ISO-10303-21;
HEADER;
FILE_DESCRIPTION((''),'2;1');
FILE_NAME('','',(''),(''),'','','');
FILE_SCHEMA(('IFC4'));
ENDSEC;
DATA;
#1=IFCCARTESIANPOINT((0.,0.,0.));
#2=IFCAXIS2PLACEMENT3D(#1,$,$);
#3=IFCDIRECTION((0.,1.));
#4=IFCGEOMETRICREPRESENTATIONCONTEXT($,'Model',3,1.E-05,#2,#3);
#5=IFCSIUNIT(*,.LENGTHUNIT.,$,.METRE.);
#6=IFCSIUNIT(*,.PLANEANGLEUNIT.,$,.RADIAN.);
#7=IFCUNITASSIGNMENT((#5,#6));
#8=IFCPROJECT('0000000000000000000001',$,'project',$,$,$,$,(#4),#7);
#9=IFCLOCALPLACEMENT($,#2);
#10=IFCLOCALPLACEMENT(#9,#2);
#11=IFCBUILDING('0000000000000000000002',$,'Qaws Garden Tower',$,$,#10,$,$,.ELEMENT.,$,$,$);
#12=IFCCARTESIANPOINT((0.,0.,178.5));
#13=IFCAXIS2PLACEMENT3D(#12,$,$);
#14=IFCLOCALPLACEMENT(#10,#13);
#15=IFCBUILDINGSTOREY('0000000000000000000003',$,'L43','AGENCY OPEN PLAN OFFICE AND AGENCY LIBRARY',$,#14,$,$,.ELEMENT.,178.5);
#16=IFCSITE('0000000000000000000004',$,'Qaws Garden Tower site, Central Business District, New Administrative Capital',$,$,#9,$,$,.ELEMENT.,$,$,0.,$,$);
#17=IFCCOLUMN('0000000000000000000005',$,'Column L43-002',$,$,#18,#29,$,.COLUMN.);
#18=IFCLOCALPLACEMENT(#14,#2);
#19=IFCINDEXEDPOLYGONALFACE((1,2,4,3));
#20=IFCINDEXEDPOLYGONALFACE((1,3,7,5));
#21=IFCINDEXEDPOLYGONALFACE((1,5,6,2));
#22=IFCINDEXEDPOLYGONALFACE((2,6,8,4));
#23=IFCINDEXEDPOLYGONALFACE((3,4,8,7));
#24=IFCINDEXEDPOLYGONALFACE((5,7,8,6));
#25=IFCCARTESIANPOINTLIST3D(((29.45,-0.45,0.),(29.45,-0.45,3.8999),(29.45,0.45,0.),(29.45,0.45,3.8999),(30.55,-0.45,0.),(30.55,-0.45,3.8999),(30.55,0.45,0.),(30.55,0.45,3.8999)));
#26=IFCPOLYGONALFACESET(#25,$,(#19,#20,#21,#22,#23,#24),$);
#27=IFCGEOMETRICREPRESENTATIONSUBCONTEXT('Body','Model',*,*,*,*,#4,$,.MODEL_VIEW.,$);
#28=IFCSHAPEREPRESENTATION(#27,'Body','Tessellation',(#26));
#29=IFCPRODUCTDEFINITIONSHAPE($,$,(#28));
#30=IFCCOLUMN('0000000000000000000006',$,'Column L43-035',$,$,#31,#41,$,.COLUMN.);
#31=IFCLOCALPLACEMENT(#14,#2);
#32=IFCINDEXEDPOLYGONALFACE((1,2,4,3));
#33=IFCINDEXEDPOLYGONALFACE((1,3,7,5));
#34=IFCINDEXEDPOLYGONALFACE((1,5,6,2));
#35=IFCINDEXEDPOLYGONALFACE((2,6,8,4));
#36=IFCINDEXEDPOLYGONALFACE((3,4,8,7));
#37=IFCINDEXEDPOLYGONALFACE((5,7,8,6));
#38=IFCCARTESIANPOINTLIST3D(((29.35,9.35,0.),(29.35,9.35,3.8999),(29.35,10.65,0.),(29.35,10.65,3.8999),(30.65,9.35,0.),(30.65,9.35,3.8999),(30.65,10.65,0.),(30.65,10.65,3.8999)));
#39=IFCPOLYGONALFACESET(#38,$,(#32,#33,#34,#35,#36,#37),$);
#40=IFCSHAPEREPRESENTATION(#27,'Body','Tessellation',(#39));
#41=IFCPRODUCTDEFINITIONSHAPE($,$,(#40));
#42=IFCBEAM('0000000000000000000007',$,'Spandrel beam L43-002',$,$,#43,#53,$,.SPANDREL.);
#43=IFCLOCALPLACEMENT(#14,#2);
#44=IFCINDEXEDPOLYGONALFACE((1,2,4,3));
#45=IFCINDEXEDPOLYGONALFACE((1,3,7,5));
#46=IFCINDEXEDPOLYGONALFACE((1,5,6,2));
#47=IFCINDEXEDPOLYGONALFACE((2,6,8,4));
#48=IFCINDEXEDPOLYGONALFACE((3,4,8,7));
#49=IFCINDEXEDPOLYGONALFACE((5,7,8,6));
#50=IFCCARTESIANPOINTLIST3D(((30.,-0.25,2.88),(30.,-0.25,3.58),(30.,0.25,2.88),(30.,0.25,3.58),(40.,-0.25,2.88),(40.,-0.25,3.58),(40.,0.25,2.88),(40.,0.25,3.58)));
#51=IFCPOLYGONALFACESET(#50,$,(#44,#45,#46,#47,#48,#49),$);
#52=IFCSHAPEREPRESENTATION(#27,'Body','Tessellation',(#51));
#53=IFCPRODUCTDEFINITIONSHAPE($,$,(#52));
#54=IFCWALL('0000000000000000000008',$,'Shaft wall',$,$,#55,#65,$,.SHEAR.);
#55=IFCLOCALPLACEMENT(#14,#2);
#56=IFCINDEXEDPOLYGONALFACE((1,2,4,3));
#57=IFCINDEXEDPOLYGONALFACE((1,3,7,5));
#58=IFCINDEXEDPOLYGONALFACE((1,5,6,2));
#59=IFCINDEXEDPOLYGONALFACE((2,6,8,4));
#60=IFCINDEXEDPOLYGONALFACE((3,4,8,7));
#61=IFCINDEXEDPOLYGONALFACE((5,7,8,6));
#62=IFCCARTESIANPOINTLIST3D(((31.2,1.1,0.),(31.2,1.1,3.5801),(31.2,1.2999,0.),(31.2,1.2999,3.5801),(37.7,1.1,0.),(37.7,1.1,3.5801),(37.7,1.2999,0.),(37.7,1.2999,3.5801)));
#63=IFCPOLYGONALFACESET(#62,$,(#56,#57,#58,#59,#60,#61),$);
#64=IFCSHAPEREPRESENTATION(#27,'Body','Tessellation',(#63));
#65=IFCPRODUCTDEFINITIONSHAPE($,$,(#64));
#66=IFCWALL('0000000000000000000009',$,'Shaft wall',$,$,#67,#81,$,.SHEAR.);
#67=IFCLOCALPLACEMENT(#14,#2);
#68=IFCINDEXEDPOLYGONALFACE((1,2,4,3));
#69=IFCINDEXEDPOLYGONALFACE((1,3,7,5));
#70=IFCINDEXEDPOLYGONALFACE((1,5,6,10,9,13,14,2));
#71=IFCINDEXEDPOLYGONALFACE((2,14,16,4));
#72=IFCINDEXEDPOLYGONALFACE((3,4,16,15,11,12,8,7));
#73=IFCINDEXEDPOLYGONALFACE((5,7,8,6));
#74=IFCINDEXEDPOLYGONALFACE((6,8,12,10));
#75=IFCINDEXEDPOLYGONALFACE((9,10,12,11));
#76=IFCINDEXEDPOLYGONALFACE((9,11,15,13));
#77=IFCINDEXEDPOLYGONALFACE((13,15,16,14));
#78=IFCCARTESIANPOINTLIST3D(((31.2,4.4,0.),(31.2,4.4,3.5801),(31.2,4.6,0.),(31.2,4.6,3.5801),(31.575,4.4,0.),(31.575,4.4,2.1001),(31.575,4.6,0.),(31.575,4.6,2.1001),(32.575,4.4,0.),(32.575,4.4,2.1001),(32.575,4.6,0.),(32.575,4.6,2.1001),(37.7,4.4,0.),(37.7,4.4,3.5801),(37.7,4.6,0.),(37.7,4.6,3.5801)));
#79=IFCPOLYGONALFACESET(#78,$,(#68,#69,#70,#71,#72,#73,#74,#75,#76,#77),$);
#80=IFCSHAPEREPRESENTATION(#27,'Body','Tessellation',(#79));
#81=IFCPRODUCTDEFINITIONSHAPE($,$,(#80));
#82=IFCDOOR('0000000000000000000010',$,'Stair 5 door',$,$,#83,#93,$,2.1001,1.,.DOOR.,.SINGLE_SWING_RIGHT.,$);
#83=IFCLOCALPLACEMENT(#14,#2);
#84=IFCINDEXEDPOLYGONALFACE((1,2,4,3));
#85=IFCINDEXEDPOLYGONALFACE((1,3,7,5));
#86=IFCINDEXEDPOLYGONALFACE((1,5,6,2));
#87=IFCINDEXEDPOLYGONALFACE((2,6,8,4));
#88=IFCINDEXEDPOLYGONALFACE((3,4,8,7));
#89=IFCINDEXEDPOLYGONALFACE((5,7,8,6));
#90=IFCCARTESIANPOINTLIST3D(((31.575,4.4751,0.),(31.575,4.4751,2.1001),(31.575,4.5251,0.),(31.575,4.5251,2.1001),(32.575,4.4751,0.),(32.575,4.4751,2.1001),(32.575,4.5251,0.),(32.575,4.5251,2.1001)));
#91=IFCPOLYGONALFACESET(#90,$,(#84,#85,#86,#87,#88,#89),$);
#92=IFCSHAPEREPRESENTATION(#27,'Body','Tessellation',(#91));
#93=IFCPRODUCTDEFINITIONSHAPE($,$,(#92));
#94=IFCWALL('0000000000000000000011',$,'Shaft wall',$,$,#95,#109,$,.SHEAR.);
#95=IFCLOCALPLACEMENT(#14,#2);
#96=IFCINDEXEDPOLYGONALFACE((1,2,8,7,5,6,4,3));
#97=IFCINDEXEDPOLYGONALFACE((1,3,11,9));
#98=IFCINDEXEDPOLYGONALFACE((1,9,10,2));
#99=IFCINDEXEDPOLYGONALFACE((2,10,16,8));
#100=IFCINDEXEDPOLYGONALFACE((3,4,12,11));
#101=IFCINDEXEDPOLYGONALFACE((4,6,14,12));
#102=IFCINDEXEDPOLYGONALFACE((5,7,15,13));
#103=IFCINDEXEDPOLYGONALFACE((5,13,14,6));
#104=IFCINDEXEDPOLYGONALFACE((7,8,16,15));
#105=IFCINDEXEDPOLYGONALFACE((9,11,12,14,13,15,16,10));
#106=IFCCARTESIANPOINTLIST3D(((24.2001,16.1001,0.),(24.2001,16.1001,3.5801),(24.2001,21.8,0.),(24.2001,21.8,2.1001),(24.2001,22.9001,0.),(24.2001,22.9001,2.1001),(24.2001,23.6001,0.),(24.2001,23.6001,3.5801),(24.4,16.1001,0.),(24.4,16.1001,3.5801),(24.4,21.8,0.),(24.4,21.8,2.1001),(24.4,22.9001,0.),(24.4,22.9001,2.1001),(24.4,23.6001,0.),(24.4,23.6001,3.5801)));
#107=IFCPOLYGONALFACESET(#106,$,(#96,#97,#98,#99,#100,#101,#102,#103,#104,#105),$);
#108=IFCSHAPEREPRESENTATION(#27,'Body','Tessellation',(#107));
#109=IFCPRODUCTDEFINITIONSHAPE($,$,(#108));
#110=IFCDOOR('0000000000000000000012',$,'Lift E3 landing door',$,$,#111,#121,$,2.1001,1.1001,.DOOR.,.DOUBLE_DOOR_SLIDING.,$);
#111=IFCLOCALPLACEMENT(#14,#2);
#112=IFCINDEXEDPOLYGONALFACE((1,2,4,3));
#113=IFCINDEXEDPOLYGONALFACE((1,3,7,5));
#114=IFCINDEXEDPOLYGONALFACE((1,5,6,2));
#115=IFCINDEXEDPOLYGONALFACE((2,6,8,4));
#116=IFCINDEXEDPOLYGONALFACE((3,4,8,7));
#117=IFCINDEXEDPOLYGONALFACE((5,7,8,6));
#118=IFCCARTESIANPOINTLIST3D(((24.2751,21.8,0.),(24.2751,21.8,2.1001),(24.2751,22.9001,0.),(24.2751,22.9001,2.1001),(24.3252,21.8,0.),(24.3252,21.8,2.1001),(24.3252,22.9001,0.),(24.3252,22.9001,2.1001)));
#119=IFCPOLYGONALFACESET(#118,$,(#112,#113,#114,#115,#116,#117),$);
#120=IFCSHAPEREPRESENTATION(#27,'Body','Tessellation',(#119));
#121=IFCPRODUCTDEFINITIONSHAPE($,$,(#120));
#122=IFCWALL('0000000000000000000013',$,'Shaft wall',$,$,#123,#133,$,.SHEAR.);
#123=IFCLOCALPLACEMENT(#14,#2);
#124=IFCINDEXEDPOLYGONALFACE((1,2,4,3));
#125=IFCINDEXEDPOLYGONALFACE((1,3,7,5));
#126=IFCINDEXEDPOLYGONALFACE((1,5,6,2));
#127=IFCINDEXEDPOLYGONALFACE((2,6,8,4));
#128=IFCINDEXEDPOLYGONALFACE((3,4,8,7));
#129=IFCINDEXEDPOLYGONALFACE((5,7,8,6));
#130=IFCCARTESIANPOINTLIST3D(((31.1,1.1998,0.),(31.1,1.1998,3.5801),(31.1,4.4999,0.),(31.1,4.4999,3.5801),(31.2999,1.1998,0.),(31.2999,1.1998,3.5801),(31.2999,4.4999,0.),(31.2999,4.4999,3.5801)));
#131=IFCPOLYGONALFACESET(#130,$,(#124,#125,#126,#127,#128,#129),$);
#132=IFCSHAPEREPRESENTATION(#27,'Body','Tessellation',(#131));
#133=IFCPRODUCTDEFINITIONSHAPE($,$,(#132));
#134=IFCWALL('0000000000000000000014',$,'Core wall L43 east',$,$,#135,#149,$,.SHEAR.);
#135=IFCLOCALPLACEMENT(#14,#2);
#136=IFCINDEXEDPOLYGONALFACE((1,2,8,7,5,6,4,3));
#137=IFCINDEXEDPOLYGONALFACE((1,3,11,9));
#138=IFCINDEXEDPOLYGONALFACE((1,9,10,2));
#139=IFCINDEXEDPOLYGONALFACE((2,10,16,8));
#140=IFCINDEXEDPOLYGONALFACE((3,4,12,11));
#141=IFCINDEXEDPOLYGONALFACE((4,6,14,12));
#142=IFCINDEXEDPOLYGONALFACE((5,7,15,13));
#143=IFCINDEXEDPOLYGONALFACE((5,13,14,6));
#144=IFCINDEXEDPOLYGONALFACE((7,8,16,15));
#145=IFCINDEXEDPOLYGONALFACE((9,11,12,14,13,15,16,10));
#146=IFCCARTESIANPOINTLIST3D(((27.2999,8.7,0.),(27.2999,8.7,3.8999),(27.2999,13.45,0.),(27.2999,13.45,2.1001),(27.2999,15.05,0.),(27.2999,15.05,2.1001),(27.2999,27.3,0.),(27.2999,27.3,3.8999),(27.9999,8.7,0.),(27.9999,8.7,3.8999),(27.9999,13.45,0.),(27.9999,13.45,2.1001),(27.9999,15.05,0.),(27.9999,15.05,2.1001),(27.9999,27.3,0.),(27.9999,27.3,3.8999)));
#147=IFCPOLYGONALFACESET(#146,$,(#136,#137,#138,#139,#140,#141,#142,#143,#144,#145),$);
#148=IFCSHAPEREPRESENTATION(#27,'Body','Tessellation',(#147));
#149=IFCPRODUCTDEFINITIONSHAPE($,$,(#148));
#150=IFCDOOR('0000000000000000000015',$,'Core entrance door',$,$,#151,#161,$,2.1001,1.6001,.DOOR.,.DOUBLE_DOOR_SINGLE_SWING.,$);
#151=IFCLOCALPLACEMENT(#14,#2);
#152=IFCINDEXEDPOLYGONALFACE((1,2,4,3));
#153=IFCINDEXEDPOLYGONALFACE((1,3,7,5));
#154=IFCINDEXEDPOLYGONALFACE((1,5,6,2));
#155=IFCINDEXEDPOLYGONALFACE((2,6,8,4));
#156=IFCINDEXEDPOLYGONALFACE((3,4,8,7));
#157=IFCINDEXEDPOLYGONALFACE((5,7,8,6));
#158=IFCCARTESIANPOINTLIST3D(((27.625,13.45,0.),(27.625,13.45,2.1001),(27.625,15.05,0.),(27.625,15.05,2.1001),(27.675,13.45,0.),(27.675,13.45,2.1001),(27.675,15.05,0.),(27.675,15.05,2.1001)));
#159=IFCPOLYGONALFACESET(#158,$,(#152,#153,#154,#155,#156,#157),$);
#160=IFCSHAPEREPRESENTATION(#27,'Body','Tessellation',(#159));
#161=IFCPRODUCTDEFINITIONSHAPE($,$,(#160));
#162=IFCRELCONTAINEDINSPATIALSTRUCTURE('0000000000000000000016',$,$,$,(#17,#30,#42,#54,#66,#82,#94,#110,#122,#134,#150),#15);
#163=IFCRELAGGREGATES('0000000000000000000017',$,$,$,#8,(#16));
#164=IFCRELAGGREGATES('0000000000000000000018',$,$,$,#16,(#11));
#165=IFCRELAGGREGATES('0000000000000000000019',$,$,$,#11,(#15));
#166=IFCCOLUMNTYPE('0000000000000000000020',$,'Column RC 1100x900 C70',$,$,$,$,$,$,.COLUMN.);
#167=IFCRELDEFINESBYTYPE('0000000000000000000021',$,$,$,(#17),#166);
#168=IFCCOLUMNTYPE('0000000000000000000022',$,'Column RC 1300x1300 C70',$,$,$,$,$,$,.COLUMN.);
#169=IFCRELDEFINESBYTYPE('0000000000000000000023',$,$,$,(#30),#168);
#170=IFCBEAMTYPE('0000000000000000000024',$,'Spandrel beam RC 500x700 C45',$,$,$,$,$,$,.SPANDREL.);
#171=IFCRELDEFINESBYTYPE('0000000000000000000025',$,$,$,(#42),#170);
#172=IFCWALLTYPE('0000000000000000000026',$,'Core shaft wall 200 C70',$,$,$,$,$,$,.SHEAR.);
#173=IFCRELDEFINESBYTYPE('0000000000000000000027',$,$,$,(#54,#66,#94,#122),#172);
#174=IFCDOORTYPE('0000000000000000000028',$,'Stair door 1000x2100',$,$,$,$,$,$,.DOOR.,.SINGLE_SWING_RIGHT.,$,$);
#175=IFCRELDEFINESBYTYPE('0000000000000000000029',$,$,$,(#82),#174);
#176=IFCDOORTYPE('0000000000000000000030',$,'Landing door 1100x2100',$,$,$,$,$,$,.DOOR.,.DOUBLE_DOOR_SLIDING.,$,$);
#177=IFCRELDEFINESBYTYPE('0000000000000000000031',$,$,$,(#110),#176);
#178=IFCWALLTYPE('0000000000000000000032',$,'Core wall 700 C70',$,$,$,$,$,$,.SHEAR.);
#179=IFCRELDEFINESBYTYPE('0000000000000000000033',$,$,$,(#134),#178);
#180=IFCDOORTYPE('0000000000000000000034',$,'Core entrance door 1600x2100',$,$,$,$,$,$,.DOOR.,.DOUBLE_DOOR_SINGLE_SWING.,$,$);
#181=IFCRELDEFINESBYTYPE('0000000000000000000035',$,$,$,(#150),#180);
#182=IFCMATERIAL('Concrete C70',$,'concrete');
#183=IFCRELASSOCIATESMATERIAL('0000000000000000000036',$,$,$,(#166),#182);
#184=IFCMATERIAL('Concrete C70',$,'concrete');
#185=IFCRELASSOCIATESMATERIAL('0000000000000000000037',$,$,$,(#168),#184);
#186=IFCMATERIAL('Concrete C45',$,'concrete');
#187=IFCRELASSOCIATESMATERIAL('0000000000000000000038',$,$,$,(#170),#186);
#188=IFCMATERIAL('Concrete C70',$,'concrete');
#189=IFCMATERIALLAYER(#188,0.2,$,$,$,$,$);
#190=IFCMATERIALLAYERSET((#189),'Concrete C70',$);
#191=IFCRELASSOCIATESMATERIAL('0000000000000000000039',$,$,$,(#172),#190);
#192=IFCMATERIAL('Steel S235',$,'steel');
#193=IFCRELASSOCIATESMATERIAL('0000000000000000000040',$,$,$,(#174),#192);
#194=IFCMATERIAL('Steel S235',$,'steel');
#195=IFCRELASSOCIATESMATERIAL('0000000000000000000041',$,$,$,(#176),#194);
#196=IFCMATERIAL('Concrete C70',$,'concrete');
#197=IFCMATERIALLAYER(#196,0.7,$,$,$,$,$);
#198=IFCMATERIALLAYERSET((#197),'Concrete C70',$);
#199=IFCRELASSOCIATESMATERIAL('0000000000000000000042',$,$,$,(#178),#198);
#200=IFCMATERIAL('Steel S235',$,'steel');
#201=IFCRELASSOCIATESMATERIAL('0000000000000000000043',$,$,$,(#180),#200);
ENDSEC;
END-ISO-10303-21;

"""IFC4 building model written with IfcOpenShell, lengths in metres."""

from ifc_helpers import new_model, si_unit, direction, frame, frame_2d, origin, origin_2d, place, context, subcontext, project, spatial, rectangle, extrude, material, layer, layer_set, material_profile, profile_set, type_object, element, fill, save


model = new_model("IFC4")

# Units and contexts
model_context = context("Model", 3, precision=1e-05, world=origin(), true_north=direction((0.0, 1.0)))
body_context = subcontext(model_context, "Body", "Model", "MODEL_VIEW")
ifc_project = project(units=[si_unit("LENGTHUNIT", "METRE"), si_unit("PLANEANGLEUNIT", "RADIAN")], contexts=[model_context])

# Site, building, storey
site_placement = place(None, origin())
site = spatial("IfcSite", under=ifc_project, at=site_placement, Name="Qaws Garden Tower site, Central Business District, New Administrative Capital", CompositionType="ELEMENT", RefElevation=0.0)
building_placement = place(site_placement, origin())
building = spatial("IfcBuilding", under=site, at=building_placement, Name="Qaws Garden Tower", CompositionType="ELEMENT")
storey_placement = place(building_placement, frame((0.0, 0.0, 178.5)))
storey = spatial("IfcBuildingStorey", under=building, at=storey_placement, Name="L43", Description="AGENCY OPEN PLAN OFFICE AND AGENCY LIBRARY", CompositionType="ELEMENT", Elevation=178.5)

# Columns
ifc_material_1 = material(Name="Concrete C70", Category="concrete")
ifc_material_profile_1 = material_profile(ifc_material_1, rectangle(XDim=1.1001, YDim=0.8999, at=origin_2d()), Name="RC 1100x900")
ifc_profile_set_1 = profile_set([ifc_material_profile_1], Name="Concrete C70")
column_type_1 = type_object("IfcColumnType", Name="Column RC 1100x900 C70", PredefinedType="COLUMN", material=ifc_profile_set_1)
column_1_placement = place(storey_placement, frame((30.0, 0.0, 0.0), z_axis=(0.0, 0.0, 1.0), x_axis=(1.0, 0.0, 0.0)))
element("IfcColumn", 1, at=column_1_placement, inside=storey, type_object=column_type_1, Name="Column L43-002", PredefinedType="COLUMN", context=body_context, shape_type="SweptSolid", body=[
    extrude(rectangle(XDim=1.1001, YDim=0.8999, at=origin_2d()), origin(), (0.0, 0.0, 1.0), 3.8999),
])
ifc_material_2 = material(Name="Concrete C70", Category="concrete")
ifc_material_profile_2 = material_profile(ifc_material_2, rectangle(XDim=1.3, YDim=1.3, at=origin_2d()), Name="RC 1300x1300")
ifc_profile_set_2 = profile_set([ifc_material_profile_2], Name="Concrete C70")
column_type_2 = type_object("IfcColumnType", Name="Column RC 1300x1300 C70", PredefinedType="COLUMN", material=ifc_profile_set_2)
column_2_placement = place(storey_placement, frame((30.0, 10.0, 0.0), z_axis=(0.0, 0.0, 1.0), x_axis=(1.0, 0.0, 0.0)))
element("IfcColumn", 2, at=column_2_placement, inside=storey, type_object=column_type_2, Name="Column L43-035", PredefinedType="COLUMN", context=body_context, shape_type="SweptSolid", body=[
    extrude(rectangle(XDim=1.3, YDim=1.3, at=origin_2d()), origin(), (0.0, 0.0, 1.0), 3.8999),
])

# Beam
ifc_material_3 = material(Name="Concrete C45", Category="concrete")
ifc_material_profile_3 = material_profile(ifc_material_3, rectangle(XDim=0.5, YDim=0.7, at=origin_2d()), Name="RC 500x700")
ifc_profile_set_3 = profile_set([ifc_material_profile_3], Name="Concrete C45")
beam_type = type_object("IfcBeamType", Name="Spandrel beam RC 500x700 C45", PredefinedType="SPANDREL", material=ifc_profile_set_3)
beam_placement = place(storey_placement, frame((30.0, 0.0, 3.23), z_axis=(1.0, 0.0, 0.0), x_axis=(0.0, 1.0, 0.0)))
element("IfcBeam", 3, at=beam_placement, inside=storey, type_object=beam_type, Name="Spandrel beam L43-002", PredefinedType="SPANDREL", context=body_context, shape_type="SweptSolid", body=[
    extrude(rectangle(XDim=0.5, YDim=0.7, at=origin_2d()), origin(), (0.0, 0.0, 1.0), 10.0),
])

# Wall
ifc_material_4 = material(Name="Concrete C70", Category="concrete")
ifc_layer_1 = layer(ifc_material_4, 0.2)
ifc_layer_set_1 = layer_set([ifc_layer_1], Name="Concrete C70")
wall_type_1 = type_object("IfcWallType", Name="Core shaft wall 200 C70", PredefinedType="SHEAR", material=ifc_layer_set_1)
wall_1_placement = place(storey_placement, frame((31.2, 1.2, 0.0), z_axis=(0.0, 0.0, 1.0), x_axis=(1.0, 0.0, 0.0)))
element("IfcWall", 4, at=wall_1_placement, inside=storey, type_object=wall_type_1, Name="Shaft wall", PredefinedType="SHEAR", context=body_context, shape_type="SweptSolid", body=[
    extrude(rectangle(XDim=6.5, YDim=0.2, at=frame_2d((3.25, 0.0))), origin(), (0.0, 0.0, 1.0), 3.5801),
])

# Walls, openings, doors
wall_2_placement = place(storey_placement, frame((31.2, 4.5, 0.0), z_axis=(0.0, 0.0, 1.0), x_axis=(1.0, 0.0, 0.0)))
wall_2 = element("IfcWall", 5, at=wall_2_placement, inside=storey, type_object=wall_type_1, Name="Shaft wall", PredefinedType="SHEAR", context=body_context, shape_type="SweptSolid", body=[
    extrude(rectangle(XDim=6.5, YDim=0.2, at=frame_2d((3.25, 0.0))), origin(), (0.0, 0.0, 1.0), 3.5801),
])
opening_1_placement = place(wall_2_placement, frame((0.375, 0.0, 0.0)))
opening_1 = element("IfcOpeningElement", 6, at=opening_1_placement, cuts=wall_2, PredefinedType="OPENING", context=body_context, shape_type="SweptSolid", body=[
    extrude(rectangle(XDim=1.0, YDim=2.1001, at=frame_2d((0.5, 1.05))), frame((0.0, 0.1099, 0.0), z_axis=(0.0, -1.0, 0.0), x_axis=(1.0, 0.0, 0.0)), (0.0, 0.0, 1.0), 0.22),
])
ifc_material_5 = material(Name="Steel S235", Category="steel")
door_type_1 = type_object("IfcDoorType", Name="Stair door 1000x2100", OperationType="SINGLE_SWING_RIGHT", PredefinedType="DOOR", material=ifc_material_5)
door_1_placement = place(opening_1_placement, frame((1.0, 0.0, 0.0), z_axis=(0.0, 0.0, 1.0), x_axis=(-1.0, 0.0, 0.0)))
door_1 = element("IfcDoor", 7, at=door_1_placement, inside=storey, type_object=door_type_1, Name="Stair 5 door", OperationType="SINGLE_SWING_RIGHT", OverallHeight=2.1001, OverallWidth=1.0, PredefinedType="DOOR", context=body_context, shape_type="SweptSolid", body=[
    extrude(rectangle(XDim=1.0, YDim=2.1001, at=frame_2d((0.5, 1.05))), frame((0.0, 0.0249, 0.0), z_axis=(0.0, -1.0, 0.0), x_axis=(1.0, 0.0, 0.0)), (0.0, 0.0, 1.0), 0.05),
])
fill(opening_1, door_1)
wall_3_placement = place(storey_placement, frame((24.3, 16.1001, 0.0), z_axis=(0.0, 0.0, 1.0), x_axis=(0.0, 1.0, 0.0)))
wall_3 = element("IfcWall", 8, at=wall_3_placement, inside=storey, type_object=wall_type_1, Name="Shaft wall", PredefinedType="SHEAR", context=body_context, shape_type="SweptSolid", body=[
    extrude(rectangle(XDim=7.5, YDim=0.2, at=frame_2d((3.75, 0.0))), origin(), (0.0, 0.0, 1.0), 3.5801),
])
opening_2_placement = place(wall_3_placement, frame((5.7, 0.0, 0.0)))
opening_2 = element("IfcOpeningElement", 9, at=opening_2_placement, cuts=wall_3, PredefinedType="OPENING", context=body_context, shape_type="SweptSolid", body=[
    extrude(rectangle(XDim=1.1001, YDim=2.1001, at=frame_2d((0.55, 1.05))), frame((0.0, 0.1099, 0.0), z_axis=(0.0, -1.0, 0.0), x_axis=(1.0, 0.0, 0.0)), (0.0, 0.0, 1.0), 0.22),
])
ifc_material_6 = material(Name="Steel S235", Category="steel")
door_type_2 = type_object("IfcDoorType", Name="Landing door 1100x2100", OperationType="DOUBLE_DOOR_SLIDING", PredefinedType="DOOR", material=ifc_material_6)
door_2_placement = place(opening_2_placement, origin())
door_2 = element("IfcDoor", 10, at=door_2_placement, inside=storey, type_object=door_type_2, Name="Lift E3 landing door", OperationType="DOUBLE_DOOR_SLIDING", OverallHeight=2.1001, OverallWidth=1.1001, PredefinedType="DOOR", context=body_context, shape_type="SweptSolid", body=[
    extrude(rectangle(XDim=1.1001, YDim=2.1001, at=frame_2d((0.55, 1.05))), frame((0.0, 0.0249, 0.0), z_axis=(0.0, -1.0, 0.0), x_axis=(1.0, 0.0, 0.0)), (0.0, 0.0, 1.0), 0.05),
])
fill(opening_2, door_2)

# Wall
wall_4_placement = place(storey_placement, frame((31.2, 1.2, 0.0), z_axis=(0.0, 0.0, 1.0), x_axis=(0.0, 1.0, 0.0)))
element("IfcWall", 11, at=wall_4_placement, inside=storey, type_object=wall_type_1, Name="Shaft wall", PredefinedType="SHEAR", context=body_context, shape_type="SweptSolid", body=[
    extrude(rectangle(XDim=3.3, YDim=0.2, at=frame_2d((1.6499, 0.0))), origin(), (0.0, 0.0, 1.0), 3.5801),
])

# Wall, opening, door
ifc_material_7 = material(Name="Concrete C70", Category="concrete")
ifc_layer_2 = layer(ifc_material_7, 0.7)
ifc_layer_set_2 = layer_set([ifc_layer_2], Name="Concrete C70")
wall_type_2 = type_object("IfcWallType", Name="Core wall 700 C70", PredefinedType="SHEAR", material=ifc_layer_set_2)
wall_5_placement = place(storey_placement, frame((27.6499, 8.7, 0.0), z_axis=(0.0, 0.0, 1.0), x_axis=(0.0, 1.0, 0.0)))
wall_5 = element("IfcWall", 12, at=wall_5_placement, inside=storey, type_object=wall_type_2, Name="Core wall L43 east", PredefinedType="SHEAR", context=body_context, shape_type="SweptSolid", body=[
    extrude(rectangle(XDim=18.6001, YDim=0.7, at=frame_2d((9.3, 0.0))), origin(), (0.0, 0.0, 1.0), 3.8999),
])
opening_3_placement = place(wall_5_placement, frame((4.75, 0.0, 0.0)))
opening_3 = element("IfcOpeningElement", 13, at=opening_3_placement, cuts=wall_5, PredefinedType="OPENING", context=body_context, shape_type="SweptSolid", body=[
    extrude(rectangle(XDim=1.6001, YDim=2.1001, at=frame_2d((0.8, 1.05))), frame((0.0, 0.3599, 0.0), z_axis=(0.0, -1.0, 0.0), x_axis=(1.0, 0.0, 0.0)), (0.0, 0.0, 1.0), 0.72),
])
ifc_material_8 = material(Name="Steel S235", Category="steel")
door_type_3 = type_object("IfcDoorType", Name="Core entrance door 1600x2100", OperationType="DOUBLE_DOOR_SINGLE_SWING", PredefinedType="DOOR", material=ifc_material_8)
door_3_placement = place(opening_3_placement, origin())
door_3 = element("IfcDoor", 14, at=door_3_placement, inside=storey, type_object=door_type_3, Name="Core entrance door", OperationType="DOUBLE_DOOR_SINGLE_SWING", OverallHeight=2.1001, OverallWidth=1.6001, PredefinedType="DOOR", context=body_context, shape_type="SweptSolid", body=[
    extrude(rectangle(XDim=1.6001, YDim=2.1001, at=frame_2d((0.8, 1.05))), frame((0.0, 0.0249, 0.0), z_axis=(0.0, -1.0, 0.0), x_axis=(1.0, 0.0, 0.0)), (0.0, 0.0, 1.0), 0.05),
])
fill(opening_3, door_3)

save(model, "model.ifc")
